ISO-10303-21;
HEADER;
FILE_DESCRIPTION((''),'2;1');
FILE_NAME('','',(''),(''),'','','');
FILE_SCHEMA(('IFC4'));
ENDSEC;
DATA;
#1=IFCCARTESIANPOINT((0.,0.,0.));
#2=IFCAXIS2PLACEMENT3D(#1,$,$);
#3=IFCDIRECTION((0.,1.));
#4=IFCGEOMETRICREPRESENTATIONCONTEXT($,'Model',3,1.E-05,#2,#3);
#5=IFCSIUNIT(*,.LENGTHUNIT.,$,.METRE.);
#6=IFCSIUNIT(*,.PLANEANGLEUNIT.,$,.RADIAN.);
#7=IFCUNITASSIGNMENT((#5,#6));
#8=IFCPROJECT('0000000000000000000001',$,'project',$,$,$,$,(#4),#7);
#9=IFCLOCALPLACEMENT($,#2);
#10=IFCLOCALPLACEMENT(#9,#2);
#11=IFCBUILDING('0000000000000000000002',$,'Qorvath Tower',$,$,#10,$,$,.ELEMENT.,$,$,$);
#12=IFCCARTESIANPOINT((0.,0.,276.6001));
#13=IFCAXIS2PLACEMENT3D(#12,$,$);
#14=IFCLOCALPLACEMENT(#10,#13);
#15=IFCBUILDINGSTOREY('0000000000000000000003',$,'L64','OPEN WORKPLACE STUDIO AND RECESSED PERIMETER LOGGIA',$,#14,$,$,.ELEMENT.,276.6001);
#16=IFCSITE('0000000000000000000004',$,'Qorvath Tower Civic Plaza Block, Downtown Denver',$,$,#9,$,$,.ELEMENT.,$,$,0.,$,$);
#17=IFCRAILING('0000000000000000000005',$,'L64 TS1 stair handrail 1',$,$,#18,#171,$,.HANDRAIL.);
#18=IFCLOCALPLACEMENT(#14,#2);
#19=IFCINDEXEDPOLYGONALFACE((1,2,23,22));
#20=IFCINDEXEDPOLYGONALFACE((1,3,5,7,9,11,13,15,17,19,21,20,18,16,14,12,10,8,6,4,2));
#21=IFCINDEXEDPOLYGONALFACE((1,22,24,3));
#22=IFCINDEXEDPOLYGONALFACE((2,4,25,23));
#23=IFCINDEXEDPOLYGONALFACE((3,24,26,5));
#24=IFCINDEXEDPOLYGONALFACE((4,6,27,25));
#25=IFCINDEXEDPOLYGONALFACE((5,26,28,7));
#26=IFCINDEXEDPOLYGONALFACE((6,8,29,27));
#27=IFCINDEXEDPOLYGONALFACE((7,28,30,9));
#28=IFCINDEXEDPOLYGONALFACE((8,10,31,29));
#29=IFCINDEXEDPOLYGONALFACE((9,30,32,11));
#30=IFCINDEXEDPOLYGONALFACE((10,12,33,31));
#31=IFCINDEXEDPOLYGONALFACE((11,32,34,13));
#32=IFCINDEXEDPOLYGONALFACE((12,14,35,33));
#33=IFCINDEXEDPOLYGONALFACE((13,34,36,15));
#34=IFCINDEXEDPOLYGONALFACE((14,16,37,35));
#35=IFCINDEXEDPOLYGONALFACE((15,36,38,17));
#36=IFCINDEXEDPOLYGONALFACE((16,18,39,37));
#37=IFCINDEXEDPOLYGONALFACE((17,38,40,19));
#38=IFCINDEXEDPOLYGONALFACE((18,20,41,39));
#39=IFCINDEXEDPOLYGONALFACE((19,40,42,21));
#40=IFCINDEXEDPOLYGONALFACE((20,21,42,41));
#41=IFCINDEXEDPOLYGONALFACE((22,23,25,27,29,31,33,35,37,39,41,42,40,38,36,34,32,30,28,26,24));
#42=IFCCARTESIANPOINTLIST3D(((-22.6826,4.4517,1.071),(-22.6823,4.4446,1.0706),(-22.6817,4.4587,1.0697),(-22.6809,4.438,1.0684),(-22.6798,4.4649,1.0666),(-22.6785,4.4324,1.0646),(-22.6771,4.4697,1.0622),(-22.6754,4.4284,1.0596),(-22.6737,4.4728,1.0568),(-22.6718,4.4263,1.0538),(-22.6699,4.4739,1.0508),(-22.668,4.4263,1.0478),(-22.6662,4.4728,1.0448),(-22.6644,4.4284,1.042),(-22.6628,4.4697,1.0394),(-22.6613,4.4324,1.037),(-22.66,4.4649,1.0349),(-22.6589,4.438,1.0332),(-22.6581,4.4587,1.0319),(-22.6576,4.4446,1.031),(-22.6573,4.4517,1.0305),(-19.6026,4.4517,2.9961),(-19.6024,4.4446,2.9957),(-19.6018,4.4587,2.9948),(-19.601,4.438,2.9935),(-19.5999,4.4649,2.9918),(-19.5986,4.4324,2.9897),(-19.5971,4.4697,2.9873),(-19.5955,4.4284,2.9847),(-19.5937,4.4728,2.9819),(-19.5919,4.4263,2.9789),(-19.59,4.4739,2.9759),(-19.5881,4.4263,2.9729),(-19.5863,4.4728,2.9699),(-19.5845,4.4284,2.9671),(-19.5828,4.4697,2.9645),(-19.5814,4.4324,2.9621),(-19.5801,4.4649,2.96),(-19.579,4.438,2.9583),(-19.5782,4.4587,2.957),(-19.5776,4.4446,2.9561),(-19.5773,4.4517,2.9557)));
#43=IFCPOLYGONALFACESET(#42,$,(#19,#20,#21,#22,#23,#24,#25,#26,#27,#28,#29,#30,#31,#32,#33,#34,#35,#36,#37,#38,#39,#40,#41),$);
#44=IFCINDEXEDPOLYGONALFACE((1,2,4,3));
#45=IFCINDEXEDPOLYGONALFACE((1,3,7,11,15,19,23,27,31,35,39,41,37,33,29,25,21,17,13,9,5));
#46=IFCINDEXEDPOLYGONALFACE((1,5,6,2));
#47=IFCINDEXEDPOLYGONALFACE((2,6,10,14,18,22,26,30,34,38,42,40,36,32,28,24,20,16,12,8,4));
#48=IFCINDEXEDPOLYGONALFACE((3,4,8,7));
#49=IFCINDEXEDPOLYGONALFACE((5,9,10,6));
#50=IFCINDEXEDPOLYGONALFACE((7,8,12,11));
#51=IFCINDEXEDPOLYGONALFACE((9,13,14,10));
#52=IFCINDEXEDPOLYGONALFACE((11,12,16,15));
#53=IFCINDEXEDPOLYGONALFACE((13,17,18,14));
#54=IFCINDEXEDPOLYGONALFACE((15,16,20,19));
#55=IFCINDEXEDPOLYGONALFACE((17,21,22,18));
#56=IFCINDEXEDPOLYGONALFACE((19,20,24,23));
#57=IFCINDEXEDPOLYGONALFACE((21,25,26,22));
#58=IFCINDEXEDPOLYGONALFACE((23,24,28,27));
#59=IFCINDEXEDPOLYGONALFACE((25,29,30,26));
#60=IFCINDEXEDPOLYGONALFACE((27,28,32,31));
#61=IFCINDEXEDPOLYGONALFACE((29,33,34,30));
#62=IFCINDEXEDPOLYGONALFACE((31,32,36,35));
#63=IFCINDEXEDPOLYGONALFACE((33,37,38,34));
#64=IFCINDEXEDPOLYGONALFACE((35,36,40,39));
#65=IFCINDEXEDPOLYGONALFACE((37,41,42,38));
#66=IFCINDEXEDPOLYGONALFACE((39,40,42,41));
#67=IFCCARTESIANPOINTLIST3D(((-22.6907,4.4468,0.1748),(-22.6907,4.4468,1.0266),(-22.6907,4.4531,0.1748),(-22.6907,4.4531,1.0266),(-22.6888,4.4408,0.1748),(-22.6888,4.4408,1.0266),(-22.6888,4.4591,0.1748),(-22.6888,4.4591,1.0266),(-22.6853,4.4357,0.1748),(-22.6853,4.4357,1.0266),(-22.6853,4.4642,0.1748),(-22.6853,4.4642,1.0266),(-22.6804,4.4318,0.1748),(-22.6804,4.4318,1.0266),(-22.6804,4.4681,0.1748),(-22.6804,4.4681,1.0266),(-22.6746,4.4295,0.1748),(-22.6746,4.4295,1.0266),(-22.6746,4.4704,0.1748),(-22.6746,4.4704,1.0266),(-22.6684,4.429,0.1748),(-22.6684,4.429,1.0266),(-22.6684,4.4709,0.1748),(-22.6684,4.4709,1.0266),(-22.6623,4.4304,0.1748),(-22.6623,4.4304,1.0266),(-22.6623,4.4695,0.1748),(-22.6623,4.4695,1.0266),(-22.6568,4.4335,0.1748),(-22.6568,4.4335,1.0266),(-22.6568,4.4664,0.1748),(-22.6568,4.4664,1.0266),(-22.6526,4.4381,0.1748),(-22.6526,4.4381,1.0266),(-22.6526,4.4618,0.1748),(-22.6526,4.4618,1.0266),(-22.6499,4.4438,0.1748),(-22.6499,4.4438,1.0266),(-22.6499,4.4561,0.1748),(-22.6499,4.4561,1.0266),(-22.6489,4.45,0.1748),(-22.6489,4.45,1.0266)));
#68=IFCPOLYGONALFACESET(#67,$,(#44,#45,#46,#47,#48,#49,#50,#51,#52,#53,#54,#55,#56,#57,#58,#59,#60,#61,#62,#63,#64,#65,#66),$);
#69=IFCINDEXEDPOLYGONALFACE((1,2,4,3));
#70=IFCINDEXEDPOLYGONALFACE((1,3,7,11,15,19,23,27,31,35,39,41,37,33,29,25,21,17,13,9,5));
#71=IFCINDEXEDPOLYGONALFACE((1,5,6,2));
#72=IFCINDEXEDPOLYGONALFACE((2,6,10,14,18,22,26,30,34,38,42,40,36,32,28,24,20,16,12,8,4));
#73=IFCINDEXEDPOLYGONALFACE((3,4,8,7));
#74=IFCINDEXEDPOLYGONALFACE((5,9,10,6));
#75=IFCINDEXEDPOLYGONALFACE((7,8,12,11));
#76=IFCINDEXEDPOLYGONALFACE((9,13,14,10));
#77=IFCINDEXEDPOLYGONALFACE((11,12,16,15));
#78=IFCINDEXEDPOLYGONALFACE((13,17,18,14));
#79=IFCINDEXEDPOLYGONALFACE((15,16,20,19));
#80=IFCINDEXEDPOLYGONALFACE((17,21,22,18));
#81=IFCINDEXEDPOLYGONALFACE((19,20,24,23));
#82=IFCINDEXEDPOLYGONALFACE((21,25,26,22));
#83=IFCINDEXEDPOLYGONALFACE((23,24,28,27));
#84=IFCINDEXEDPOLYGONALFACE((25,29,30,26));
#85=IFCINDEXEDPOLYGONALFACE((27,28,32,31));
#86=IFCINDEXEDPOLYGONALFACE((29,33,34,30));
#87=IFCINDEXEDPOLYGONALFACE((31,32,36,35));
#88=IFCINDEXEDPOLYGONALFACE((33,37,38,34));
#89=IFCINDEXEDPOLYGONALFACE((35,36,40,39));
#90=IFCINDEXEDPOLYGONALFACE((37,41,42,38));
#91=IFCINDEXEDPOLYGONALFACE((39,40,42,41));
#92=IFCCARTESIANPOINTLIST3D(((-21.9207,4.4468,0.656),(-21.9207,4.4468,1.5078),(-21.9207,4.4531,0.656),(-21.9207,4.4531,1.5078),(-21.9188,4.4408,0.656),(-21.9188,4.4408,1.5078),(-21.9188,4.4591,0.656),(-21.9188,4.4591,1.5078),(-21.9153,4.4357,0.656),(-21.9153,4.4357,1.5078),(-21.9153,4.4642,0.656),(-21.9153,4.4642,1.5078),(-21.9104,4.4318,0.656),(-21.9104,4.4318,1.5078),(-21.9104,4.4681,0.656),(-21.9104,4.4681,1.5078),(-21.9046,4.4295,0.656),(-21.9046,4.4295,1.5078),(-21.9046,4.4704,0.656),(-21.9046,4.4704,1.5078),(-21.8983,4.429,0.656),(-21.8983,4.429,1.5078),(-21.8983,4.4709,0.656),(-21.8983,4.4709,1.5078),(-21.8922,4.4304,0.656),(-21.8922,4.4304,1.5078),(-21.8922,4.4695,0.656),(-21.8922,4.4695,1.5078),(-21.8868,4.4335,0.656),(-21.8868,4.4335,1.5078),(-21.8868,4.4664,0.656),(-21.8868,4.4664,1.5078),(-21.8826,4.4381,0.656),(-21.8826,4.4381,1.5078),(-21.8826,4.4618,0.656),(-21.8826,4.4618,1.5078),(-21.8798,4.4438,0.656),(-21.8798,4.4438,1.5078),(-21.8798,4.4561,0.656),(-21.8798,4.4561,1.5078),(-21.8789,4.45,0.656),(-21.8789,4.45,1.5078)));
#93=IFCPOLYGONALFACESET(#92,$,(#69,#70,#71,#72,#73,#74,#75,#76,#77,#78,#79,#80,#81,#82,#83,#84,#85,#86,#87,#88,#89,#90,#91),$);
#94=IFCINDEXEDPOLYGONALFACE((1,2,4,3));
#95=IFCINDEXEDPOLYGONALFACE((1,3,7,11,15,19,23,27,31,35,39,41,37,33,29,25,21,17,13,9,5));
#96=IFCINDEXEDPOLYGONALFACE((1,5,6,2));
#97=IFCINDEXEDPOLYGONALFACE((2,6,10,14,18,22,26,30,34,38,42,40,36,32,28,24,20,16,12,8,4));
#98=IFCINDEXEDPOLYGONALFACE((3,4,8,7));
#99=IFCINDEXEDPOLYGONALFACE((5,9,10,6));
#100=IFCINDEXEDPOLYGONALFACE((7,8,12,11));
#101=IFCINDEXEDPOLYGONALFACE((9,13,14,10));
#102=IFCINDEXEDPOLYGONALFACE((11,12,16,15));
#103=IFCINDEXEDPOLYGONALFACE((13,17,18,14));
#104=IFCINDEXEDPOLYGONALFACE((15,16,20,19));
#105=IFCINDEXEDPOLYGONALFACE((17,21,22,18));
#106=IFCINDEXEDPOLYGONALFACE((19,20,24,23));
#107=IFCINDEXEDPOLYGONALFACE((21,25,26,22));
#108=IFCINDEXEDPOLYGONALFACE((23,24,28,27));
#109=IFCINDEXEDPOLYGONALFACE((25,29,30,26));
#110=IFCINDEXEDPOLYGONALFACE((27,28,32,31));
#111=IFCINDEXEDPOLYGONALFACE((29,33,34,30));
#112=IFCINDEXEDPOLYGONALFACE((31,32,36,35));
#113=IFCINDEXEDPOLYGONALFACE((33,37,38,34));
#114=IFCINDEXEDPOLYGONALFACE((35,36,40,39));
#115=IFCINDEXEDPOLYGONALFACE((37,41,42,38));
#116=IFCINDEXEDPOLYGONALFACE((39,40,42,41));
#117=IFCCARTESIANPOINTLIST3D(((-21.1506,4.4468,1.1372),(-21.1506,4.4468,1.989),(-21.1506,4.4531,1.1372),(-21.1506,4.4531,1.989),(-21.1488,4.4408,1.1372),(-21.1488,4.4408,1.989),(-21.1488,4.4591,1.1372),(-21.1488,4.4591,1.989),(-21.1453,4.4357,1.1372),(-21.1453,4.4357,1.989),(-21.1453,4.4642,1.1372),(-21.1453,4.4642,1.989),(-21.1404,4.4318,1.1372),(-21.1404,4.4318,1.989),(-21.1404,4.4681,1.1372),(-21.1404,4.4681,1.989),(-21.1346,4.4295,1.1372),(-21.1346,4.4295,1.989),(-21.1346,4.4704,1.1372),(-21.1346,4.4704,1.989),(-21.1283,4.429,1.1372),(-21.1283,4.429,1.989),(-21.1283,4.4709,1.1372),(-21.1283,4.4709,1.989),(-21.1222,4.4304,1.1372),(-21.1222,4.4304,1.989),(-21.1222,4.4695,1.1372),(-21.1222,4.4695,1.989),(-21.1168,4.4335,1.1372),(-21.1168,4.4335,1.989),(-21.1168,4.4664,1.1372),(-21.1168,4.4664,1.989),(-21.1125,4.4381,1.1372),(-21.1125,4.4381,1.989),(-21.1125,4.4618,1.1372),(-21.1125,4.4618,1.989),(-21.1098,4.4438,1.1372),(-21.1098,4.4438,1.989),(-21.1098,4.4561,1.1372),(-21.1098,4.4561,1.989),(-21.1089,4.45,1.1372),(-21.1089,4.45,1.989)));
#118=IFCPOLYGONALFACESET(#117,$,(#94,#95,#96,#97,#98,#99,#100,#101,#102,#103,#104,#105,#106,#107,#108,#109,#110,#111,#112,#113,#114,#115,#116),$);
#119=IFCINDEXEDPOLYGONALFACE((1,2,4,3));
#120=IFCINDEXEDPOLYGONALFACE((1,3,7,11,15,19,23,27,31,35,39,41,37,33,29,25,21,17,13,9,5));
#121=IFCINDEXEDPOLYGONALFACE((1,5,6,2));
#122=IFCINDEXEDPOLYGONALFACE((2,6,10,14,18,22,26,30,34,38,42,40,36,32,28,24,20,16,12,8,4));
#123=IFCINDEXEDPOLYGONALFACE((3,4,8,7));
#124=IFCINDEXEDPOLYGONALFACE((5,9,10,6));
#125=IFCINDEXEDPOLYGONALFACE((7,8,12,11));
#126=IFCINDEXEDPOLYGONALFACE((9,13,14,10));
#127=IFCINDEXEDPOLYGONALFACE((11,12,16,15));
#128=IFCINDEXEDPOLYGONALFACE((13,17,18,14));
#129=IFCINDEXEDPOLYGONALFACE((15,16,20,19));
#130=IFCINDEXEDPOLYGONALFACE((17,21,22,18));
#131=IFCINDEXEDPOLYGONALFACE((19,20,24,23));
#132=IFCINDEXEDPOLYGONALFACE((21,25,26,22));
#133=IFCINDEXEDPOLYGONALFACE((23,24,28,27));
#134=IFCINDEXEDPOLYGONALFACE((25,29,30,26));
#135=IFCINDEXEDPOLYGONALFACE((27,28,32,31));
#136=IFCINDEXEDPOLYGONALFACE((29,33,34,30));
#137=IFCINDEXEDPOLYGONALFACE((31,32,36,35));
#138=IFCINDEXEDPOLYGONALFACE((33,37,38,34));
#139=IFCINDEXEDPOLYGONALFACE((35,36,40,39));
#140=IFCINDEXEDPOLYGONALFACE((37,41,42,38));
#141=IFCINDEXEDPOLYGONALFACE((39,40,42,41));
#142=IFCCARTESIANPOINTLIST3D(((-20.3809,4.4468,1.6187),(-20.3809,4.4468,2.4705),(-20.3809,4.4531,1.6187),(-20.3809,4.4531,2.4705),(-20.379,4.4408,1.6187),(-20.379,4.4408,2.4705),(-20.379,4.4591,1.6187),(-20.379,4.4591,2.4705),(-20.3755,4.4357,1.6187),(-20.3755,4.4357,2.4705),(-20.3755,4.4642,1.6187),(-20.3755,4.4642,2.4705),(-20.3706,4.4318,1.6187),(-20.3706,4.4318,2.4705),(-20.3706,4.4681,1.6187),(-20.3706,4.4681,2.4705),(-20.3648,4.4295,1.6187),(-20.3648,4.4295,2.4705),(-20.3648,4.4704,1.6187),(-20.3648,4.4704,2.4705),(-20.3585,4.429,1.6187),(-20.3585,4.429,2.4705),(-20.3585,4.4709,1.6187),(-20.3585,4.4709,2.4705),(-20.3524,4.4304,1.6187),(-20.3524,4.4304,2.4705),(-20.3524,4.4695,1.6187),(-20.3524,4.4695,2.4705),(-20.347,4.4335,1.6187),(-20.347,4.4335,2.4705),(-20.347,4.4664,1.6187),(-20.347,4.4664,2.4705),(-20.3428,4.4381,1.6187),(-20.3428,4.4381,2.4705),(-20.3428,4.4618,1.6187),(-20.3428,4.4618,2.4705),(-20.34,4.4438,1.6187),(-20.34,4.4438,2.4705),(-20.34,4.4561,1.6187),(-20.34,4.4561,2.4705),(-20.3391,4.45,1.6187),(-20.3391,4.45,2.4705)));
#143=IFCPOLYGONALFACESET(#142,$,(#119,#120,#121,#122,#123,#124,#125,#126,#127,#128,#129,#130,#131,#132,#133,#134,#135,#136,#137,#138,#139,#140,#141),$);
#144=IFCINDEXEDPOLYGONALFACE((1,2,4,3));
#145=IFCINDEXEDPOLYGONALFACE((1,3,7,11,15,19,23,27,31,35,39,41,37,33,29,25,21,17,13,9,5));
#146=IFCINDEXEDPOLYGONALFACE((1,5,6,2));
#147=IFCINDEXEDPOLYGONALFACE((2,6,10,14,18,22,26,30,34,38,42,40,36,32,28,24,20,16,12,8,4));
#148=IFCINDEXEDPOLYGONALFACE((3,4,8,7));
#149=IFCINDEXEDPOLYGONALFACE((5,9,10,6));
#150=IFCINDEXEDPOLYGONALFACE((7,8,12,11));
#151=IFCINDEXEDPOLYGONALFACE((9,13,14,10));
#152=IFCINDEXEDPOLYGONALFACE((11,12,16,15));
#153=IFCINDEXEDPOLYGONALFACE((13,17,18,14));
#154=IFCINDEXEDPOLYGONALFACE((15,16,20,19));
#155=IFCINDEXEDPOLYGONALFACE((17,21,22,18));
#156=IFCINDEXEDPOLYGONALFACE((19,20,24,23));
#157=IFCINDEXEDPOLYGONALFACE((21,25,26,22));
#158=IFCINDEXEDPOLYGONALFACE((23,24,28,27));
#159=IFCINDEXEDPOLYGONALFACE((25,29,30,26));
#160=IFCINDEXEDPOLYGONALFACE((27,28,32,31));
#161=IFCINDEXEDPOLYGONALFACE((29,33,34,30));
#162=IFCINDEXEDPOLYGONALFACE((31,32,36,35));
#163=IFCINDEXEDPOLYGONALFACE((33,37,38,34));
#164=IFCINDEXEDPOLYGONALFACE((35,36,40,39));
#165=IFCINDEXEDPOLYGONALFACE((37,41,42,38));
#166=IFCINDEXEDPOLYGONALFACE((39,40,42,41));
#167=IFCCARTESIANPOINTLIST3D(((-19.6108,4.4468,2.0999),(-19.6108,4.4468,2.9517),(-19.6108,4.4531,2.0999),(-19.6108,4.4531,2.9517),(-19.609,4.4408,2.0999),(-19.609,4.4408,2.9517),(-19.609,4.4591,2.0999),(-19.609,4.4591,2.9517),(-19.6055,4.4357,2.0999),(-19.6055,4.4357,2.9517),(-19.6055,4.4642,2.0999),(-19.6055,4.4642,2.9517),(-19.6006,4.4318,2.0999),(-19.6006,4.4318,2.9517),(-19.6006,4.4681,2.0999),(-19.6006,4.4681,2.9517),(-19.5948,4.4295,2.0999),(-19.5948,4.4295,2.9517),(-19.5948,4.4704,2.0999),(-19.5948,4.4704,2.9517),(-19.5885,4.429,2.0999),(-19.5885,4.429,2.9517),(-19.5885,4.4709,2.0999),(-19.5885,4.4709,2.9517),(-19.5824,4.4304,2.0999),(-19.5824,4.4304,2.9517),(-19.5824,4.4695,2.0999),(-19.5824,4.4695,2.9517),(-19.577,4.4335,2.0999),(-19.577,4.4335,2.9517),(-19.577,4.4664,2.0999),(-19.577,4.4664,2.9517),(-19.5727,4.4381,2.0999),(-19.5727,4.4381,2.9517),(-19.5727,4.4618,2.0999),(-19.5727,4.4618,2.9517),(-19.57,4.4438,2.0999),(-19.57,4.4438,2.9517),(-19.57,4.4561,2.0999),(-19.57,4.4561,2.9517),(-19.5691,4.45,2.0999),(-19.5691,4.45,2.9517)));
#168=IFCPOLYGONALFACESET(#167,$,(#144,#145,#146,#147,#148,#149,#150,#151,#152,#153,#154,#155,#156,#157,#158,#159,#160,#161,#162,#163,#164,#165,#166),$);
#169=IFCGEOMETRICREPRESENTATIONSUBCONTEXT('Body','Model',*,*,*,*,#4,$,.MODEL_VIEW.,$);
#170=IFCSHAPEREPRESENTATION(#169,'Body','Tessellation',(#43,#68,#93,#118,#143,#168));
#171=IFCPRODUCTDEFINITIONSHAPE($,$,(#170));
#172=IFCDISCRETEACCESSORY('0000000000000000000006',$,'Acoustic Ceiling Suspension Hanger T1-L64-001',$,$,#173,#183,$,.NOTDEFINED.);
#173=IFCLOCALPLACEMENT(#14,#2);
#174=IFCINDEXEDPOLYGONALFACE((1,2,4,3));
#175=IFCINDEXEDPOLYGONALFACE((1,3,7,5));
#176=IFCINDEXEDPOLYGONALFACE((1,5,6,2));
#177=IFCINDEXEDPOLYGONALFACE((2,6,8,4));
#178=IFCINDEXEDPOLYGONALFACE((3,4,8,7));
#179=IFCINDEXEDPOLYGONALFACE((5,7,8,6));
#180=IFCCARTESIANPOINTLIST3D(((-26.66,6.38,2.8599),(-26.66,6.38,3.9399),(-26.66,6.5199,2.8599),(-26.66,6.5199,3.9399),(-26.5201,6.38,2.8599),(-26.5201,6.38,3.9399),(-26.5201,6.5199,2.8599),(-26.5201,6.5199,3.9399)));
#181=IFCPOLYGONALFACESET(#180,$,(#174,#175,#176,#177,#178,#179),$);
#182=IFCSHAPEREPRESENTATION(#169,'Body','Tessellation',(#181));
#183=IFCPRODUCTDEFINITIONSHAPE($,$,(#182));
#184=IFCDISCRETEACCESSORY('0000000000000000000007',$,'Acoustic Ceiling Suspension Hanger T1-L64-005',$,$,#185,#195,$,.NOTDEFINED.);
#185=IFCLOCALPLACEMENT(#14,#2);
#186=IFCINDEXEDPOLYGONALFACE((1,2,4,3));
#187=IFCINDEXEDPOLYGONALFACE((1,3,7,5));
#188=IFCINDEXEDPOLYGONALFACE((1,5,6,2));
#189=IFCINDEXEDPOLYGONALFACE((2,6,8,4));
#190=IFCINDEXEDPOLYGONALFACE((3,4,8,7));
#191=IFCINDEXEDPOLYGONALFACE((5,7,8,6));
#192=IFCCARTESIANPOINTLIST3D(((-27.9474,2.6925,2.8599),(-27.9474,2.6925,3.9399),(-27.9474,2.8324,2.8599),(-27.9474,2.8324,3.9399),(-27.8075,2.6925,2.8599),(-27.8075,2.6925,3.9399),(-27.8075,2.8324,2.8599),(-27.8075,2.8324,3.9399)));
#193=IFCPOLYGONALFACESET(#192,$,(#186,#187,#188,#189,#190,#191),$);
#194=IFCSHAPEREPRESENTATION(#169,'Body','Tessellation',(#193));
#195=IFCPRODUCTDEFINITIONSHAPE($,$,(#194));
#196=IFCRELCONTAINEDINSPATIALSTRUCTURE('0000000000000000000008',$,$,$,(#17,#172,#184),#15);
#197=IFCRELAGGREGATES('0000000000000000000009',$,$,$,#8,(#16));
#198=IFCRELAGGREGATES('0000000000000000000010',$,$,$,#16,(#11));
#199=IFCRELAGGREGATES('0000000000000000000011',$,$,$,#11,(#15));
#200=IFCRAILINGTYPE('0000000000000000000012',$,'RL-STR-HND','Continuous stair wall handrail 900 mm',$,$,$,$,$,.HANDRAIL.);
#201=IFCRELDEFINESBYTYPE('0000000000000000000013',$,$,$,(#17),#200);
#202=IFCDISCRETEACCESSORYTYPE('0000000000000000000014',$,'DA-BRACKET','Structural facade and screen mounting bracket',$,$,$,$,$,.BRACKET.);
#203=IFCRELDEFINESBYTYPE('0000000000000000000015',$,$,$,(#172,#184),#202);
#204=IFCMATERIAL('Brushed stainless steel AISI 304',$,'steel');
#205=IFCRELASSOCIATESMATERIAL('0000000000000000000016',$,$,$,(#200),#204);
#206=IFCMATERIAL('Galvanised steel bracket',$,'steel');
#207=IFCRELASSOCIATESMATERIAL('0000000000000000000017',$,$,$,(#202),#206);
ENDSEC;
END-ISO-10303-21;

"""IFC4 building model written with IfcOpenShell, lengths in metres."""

from ifc_helpers import new_model, si_unit, direction, frame, origin, origin_2d, place, context, subcontext, project, spatial, rectangle, circle, extrude, material, type_object, element, save


model = new_model("IFC4")

# Units and contexts
model_context = context("Model", 3, precision=1e-05, world=origin(), true_north=direction((0.0, 1.0)))
body_context = subcontext(model_context, "Body", "Model", "MODEL_VIEW")
ifc_project = project(units=[si_unit("LENGTHUNIT", "METRE"), si_unit("PLANEANGLEUNIT", "RADIAN")], contexts=[model_context])

# Site, building, storey
site_placement = place(None, origin())
site = spatial("IfcSite", under=ifc_project, at=site_placement, Name="Qorvath Tower Civic Plaza Block, Downtown Denver", CompositionType="ELEMENT", RefElevation=0.0)
building_placement = place(site_placement, origin())
building = spatial("IfcBuilding", under=site, at=building_placement, Name="Qorvath Tower", CompositionType="ELEMENT")
storey_placement = place(building_placement, frame((0.0, 0.0, 276.6001)))
storey = spatial("IfcBuildingStorey", under=building, at=storey_placement, Name="L64", Description="OPEN WORKPLACE STUDIO AND RECESSED PERIMETER LOGGIA", CompositionType="ELEMENT", Elevation=276.6001)

# Railing
ifc_material_1 = material(Name="Brushed stainless steel AISI 304", Category="steel")
railing_type_1 = type_object("IfcRailingType", Name="RL-STR-HND", Description="Continuous stair wall handrail 900 mm", PredefinedType="HANDRAIL", material=ifc_material_1)
railing_1_placement = place(storey_placement, frame((-22.6699, 4.45, 0.1748)))
element("IfcRailing", 1, at=railing_1_placement, inside=storey, type_object=railing_type_1, Name="L64 TS1 stair handrail 1", PredefinedType="HANDRAIL", context=body_context, shape_type="SweptSolid", body=[
    extrude(circle(Radius=0.0239, at=origin_2d()), frame((0.0, 0.0, 0.876), z_axis=(0.847979, 0.0, 0.530029), x_axis=(0.0, 1.0, 0.0)), (0.0, 0.0, 1.0), 3.6321),
    extrude(circle(Radius=0.021, at=origin_2d()), origin(), (0.0, 0.0, 1.0), 0.8518),
    extrude(circle(Radius=0.021, at=origin_2d()), frame((0.77, 0.0, 0.4812)), (0.0, 0.0, 1.0), 0.8518),
    extrude(circle(Radius=0.021, at=origin_2d()), frame((1.54, 0.0, 0.9624)), (0.0, 0.0, 1.0), 0.8518),
    extrude(circle(Radius=0.021, at=origin_2d()), frame((2.3098, 0.0, 1.4438)), (0.0, 0.0, 1.0), 0.8518),
    extrude(circle(Radius=0.021, at=origin_2d()), frame((3.0798, 0.0, 1.925)), (0.0, 0.0, 1.0), 0.8518),
])

# Discrete accessories
ifc_material_2 = material(Name="Galvanised steel bracket", Category="steel")
discrete_accessory_type = type_object("IfcDiscreteAccessoryType", Name="DA-BRACKET", Description="Structural facade and screen mounting bracket", PredefinedType="BRACKET", material=ifc_material_2)
for number, where, z_axis, x_axis, name in (
    (2, (-26.5901, 6.45, 2.8599), (0.0, 0.0, 1.0), (1.0, 0.0, 0.0), "Acoustic Ceiling Suspension Hanger T1-L64-001"),
    (3, (-27.8774, 2.7625, 2.8599), (0.0, 0.0, 1.0), (1.0, 0.0, 0.0), "Acoustic Ceiling Suspension Hanger T1-L64-005"),
):
    element("IfcDiscreteAccessory", number, at=place(storey_placement, frame(where, z_axis=z_axis, x_axis=x_axis)), inside=storey, type_object=discrete_accessory_type, Name=name, PredefinedType="NOTDEFINED", context=body_context, shape_type="SweptSolid", body=[
        extrude(rectangle(XDim=0.1399, YDim=0.1399, at=origin_2d()), origin(), (0.0, 0.0, 1.0), 1.0801),
    ])

save(model, "model.ifc")
